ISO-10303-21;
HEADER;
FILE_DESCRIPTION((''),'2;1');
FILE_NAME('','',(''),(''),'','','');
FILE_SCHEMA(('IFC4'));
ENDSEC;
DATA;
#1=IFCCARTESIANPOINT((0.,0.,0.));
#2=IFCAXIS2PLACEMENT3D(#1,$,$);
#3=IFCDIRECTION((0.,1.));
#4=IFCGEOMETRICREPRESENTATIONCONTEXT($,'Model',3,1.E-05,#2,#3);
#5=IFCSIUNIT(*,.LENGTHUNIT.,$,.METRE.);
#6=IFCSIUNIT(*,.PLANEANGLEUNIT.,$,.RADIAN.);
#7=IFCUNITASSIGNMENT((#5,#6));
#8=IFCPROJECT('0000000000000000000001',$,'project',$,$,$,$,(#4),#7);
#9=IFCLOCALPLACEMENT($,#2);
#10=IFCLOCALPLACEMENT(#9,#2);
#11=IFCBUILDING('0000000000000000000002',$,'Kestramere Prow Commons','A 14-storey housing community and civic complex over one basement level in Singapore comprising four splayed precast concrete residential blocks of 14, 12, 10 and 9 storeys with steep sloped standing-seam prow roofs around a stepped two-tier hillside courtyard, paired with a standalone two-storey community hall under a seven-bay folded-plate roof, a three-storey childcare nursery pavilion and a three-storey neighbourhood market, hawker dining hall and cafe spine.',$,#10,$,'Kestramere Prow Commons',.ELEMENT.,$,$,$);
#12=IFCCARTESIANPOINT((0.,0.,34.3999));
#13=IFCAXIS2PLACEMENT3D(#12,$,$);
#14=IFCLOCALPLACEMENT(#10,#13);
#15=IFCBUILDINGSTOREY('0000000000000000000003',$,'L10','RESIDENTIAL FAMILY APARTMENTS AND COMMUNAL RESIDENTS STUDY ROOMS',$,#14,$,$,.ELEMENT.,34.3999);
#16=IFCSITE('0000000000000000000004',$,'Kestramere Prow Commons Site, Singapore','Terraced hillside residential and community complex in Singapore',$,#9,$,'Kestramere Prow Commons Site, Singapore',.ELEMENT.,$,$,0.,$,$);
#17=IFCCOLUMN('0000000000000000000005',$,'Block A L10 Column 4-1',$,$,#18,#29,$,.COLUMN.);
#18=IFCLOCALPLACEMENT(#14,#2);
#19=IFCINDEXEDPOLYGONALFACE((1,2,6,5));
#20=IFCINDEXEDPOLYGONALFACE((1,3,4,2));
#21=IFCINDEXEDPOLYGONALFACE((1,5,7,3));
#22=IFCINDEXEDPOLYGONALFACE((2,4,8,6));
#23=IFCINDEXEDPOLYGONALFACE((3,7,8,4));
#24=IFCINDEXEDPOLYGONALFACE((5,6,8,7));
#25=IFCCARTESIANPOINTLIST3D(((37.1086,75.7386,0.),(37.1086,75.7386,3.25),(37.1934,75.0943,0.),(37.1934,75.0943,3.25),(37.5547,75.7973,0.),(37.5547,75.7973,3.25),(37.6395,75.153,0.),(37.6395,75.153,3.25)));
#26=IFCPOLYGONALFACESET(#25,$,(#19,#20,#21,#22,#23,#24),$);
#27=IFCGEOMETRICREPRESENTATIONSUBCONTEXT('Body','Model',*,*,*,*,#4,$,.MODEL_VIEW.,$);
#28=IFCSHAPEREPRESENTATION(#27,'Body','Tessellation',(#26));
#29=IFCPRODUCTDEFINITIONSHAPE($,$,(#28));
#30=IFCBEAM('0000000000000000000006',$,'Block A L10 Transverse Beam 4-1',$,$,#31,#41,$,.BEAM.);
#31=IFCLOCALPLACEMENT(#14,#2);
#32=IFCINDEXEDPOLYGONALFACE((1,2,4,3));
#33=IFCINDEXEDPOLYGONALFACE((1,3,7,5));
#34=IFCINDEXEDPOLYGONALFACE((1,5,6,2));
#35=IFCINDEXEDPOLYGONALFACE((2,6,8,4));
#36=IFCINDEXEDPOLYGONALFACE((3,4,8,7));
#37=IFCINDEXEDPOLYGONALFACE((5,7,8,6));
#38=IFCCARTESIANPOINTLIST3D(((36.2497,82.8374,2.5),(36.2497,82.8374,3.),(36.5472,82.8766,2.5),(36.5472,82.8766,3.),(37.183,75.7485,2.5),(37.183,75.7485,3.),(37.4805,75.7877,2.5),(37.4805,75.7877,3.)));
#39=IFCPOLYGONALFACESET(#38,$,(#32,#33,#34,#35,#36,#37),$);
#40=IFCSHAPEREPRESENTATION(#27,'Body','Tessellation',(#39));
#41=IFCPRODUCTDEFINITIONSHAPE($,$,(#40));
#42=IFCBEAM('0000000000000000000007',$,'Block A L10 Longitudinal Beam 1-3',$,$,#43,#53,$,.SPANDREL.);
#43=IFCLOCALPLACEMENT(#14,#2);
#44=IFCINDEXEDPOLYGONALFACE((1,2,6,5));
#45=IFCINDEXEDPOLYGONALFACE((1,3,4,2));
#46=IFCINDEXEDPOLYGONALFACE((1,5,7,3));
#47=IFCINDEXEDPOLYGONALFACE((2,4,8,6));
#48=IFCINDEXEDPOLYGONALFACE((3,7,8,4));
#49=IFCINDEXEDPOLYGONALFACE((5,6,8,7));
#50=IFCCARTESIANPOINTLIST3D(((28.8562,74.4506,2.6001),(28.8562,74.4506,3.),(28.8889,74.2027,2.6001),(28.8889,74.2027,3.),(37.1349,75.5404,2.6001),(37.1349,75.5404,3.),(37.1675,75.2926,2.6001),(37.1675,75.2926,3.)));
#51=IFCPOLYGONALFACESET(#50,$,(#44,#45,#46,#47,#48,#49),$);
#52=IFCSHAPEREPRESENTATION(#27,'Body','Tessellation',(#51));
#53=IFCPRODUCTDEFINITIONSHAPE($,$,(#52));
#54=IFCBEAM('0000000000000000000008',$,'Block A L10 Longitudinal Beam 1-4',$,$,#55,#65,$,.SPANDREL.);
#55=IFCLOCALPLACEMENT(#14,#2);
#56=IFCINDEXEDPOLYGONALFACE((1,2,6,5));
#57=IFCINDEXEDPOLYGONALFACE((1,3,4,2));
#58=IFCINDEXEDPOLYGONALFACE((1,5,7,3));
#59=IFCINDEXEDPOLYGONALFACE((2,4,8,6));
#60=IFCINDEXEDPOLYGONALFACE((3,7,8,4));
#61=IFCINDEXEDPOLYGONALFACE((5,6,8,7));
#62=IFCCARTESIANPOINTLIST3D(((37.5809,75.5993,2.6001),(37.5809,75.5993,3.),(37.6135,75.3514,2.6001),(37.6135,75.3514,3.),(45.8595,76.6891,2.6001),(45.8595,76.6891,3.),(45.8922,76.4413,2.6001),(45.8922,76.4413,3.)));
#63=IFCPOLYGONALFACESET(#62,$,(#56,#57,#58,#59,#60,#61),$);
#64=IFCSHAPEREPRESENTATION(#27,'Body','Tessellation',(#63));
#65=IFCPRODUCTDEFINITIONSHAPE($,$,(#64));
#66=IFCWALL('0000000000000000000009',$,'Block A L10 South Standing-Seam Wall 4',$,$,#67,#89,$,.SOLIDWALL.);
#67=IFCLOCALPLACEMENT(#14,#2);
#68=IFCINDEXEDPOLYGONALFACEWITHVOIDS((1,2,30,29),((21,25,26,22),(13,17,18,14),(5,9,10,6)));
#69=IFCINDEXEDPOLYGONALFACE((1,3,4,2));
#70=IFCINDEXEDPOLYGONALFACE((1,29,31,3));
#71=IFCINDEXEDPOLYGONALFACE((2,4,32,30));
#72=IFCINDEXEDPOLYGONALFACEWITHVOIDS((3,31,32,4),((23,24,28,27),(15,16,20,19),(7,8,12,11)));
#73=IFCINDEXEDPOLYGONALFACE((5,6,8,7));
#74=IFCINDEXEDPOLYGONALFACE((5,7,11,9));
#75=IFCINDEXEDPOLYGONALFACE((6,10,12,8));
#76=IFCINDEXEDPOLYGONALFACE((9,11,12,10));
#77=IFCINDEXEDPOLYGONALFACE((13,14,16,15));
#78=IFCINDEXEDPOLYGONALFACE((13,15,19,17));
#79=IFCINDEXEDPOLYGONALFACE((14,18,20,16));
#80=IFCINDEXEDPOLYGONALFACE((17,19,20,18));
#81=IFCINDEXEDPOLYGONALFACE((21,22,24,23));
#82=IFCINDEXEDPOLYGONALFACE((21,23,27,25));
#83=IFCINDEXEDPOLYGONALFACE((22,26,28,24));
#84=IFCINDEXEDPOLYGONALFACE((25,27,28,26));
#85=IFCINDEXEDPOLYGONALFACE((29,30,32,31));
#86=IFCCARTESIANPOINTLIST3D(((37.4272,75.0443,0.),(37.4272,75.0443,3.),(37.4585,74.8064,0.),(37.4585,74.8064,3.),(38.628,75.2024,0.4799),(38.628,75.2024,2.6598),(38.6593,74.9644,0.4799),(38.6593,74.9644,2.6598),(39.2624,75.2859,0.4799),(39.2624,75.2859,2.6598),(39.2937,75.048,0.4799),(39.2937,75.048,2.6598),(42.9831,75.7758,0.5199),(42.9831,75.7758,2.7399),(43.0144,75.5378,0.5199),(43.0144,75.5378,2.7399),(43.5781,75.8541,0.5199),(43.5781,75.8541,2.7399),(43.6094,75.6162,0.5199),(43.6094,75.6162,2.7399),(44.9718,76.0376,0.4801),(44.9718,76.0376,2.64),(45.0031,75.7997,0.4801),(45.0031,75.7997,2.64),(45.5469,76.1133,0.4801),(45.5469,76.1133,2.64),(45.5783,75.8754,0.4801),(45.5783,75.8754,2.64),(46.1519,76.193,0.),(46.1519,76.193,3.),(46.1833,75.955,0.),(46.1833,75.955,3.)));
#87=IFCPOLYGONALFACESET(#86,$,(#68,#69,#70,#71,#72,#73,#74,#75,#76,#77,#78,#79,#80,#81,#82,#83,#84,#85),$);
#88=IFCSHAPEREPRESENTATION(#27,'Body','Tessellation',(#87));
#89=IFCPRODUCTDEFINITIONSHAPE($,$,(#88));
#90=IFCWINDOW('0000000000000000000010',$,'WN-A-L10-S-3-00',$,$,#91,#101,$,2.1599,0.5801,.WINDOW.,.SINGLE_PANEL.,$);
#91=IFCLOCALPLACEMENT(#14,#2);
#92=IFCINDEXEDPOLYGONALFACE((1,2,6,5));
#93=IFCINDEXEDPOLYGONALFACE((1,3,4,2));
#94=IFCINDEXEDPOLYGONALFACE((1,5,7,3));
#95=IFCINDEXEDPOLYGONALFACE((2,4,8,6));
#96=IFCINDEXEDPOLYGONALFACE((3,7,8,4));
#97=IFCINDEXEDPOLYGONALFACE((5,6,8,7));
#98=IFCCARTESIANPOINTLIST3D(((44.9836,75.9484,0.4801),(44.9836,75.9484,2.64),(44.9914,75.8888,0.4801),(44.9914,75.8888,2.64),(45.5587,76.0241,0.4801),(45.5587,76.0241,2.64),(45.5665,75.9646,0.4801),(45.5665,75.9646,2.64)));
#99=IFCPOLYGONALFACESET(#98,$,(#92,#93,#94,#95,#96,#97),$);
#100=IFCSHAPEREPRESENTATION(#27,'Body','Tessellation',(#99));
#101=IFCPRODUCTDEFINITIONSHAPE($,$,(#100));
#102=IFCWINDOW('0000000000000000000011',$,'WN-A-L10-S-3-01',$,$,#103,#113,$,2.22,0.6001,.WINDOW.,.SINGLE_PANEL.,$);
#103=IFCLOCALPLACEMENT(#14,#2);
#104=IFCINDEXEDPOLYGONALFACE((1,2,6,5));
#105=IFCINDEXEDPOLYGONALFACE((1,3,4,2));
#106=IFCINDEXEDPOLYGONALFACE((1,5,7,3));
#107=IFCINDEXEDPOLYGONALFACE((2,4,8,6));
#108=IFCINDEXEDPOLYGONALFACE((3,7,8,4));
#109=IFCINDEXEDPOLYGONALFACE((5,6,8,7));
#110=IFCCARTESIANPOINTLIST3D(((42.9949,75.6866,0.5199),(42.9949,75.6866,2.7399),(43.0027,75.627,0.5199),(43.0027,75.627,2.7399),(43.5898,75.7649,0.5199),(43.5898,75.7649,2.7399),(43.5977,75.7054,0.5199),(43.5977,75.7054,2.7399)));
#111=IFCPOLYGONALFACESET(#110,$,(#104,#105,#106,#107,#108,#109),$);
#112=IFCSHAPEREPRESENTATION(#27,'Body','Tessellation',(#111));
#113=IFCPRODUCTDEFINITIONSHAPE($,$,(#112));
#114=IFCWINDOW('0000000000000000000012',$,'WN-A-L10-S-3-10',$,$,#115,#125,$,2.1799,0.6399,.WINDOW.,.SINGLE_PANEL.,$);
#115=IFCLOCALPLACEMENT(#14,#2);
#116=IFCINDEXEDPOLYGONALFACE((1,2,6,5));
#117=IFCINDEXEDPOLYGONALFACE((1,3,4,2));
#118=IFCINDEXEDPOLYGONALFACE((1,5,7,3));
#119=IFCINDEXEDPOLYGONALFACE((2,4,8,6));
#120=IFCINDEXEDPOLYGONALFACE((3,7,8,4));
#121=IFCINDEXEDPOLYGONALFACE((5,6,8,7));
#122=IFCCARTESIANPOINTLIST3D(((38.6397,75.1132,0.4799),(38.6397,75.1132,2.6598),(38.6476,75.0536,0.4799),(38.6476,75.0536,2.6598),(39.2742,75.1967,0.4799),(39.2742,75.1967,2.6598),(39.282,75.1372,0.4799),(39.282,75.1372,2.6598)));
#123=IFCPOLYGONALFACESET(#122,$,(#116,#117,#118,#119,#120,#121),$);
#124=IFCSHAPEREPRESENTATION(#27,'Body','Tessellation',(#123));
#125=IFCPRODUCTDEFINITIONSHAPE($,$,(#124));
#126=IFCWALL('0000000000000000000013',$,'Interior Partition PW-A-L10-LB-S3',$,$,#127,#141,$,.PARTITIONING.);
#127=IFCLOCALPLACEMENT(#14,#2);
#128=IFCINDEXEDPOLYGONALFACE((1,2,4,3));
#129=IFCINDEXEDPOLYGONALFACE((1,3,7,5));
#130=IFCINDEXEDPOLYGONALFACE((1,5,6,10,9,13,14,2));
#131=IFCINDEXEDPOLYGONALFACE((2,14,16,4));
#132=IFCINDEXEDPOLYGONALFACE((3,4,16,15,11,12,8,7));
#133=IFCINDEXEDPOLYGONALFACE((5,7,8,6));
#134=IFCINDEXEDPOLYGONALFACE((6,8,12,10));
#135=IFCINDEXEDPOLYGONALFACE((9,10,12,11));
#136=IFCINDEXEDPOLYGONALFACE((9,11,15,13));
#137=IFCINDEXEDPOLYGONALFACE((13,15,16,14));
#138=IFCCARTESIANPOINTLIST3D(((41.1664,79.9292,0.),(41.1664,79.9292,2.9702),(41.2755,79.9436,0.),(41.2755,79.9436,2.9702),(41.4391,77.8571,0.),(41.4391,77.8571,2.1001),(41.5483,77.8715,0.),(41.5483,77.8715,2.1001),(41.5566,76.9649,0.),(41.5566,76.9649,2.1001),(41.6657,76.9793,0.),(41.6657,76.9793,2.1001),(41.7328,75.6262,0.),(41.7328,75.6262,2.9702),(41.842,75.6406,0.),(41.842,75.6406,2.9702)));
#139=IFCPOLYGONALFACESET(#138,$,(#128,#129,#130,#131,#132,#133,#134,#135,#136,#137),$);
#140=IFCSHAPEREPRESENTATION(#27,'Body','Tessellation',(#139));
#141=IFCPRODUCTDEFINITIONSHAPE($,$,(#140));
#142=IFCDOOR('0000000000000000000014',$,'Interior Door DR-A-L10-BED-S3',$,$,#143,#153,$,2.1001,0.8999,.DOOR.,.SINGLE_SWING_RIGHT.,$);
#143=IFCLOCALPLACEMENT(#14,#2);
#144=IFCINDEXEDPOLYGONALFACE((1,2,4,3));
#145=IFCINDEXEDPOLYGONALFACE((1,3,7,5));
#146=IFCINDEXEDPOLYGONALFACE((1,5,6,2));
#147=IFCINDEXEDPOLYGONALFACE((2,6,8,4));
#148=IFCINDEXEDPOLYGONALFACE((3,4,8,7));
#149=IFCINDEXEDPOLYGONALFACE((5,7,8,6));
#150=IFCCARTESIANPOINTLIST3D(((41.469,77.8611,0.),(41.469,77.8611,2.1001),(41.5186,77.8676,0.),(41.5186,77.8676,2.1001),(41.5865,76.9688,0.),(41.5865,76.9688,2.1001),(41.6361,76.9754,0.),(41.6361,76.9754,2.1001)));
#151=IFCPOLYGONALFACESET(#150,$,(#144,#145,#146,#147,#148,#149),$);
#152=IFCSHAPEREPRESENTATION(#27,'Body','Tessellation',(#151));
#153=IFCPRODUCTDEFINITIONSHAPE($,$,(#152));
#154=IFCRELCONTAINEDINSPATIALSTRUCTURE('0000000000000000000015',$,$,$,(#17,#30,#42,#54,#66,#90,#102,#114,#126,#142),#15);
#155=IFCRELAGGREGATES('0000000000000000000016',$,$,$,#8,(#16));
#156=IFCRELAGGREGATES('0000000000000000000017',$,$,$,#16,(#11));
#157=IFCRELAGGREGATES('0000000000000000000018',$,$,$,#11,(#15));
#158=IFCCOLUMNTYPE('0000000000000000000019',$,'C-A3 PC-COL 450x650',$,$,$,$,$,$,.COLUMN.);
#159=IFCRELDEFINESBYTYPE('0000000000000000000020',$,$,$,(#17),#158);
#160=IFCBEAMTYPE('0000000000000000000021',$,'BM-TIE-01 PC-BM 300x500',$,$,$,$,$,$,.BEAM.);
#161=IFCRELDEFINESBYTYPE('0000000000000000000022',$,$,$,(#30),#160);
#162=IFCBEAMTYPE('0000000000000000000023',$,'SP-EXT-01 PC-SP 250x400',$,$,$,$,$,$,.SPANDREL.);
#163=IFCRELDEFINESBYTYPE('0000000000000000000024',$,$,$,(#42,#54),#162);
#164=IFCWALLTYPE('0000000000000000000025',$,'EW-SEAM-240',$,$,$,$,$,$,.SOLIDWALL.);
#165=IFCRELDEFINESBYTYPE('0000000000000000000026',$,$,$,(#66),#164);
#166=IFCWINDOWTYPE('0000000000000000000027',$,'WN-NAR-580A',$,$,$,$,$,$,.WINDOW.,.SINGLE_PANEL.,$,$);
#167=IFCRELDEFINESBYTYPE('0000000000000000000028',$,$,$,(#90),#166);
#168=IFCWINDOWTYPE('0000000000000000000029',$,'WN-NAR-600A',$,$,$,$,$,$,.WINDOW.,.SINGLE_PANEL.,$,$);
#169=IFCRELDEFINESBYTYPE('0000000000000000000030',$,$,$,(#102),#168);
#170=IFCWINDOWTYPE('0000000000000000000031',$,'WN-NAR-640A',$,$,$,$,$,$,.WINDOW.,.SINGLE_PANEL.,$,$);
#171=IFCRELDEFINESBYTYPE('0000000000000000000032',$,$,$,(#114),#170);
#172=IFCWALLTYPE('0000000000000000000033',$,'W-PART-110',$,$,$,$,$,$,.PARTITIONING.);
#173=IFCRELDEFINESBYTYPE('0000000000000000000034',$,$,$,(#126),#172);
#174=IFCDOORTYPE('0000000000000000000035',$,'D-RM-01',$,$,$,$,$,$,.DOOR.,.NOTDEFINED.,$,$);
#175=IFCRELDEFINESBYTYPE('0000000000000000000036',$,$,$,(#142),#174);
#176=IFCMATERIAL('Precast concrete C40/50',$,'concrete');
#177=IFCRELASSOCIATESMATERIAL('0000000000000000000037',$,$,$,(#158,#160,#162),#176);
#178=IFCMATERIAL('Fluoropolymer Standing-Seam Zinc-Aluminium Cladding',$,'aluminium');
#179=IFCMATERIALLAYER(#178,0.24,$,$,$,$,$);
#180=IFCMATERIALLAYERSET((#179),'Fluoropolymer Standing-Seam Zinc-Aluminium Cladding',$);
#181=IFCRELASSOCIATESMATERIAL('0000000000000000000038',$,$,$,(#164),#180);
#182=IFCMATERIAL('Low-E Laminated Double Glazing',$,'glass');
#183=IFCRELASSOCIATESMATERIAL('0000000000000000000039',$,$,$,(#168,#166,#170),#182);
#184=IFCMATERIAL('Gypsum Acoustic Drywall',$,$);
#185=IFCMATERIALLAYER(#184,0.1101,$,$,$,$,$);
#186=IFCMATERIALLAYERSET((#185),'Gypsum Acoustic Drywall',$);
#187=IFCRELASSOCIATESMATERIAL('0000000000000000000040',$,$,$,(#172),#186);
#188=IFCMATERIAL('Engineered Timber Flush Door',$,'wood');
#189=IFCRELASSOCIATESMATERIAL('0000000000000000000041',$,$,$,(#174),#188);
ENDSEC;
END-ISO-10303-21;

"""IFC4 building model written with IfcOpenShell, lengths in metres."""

from ifc_helpers import new_model, si_unit, direction, frame, frame_2d, origin, origin_2d, place, context, subcontext, project, spatial, rectangle, extrude, material, layer, layer_set, material_profile, profile_set, type_object, element, fill, save


model = new_model("IFC4")

# Units and contexts
model_context = context("Model", 3, precision=1e-05, world=origin(), true_north=direction((0.0, 1.0)))
body_context = subcontext(model_context, "Body", "Model", "MODEL_VIEW")
ifc_project = project(units=[si_unit("LENGTHUNIT", "METRE"), si_unit("PLANEANGLEUNIT", "RADIAN")], contexts=[model_context])

# Site, building, storey
site_placement = place(None, origin())
site = spatial("IfcSite", under=ifc_project, at=site_placement, Name="Kestramere Prow Commons Site, Singapore", Description="Terraced hillside residential and community complex in Singapore", LongName="Kestramere Prow Commons Site, Singapore", CompositionType="ELEMENT", RefElevation=0.0)
building_placement = place(site_placement, origin())
building = spatial("IfcBuilding", under=site, at=building_placement, Name="Kestramere Prow Commons", Description="A 14-storey housing community and civic complex over one basement level in Singapore comprising four splayed precast concrete residential blocks of 14, 12, 10 and 9 storeys with steep sloped standing-seam prow roofs around a stepped two-tier hillside courtyard, paired with a standalone two-storey community hall under a seven-bay folded-plate roof, a three-storey childcare nursery pavilion and a three-storey neighbourhood market, hawker dining hall and cafe spine.", LongName="Kestramere Prow Commons", CompositionType="ELEMENT")
storey_placement = place(building_placement, frame((0.0, 0.0, 34.3999)))
storey = spatial("IfcBuildingStorey", under=building, at=storey_placement, Name="L10", Description="RESIDENTIAL FAMILY APARTMENTS AND COMMUNAL RESIDENTS STUDY ROOMS", CompositionType="ELEMENT", Elevation=34.3999)

# Column
ifc_material_1 = material(Name="Precast concrete C40/50", Category="concrete")
ifc_material_profile_1 = material_profile(ifc_material_1, rectangle(XDim=0.45, YDim=0.6499, at=origin_2d()), Name="PC-COL 450x650")
ifc_profile_set_1 = profile_set([ifc_material_profile_1], Name="Precast concrete C40/50")
column_type = type_object("IfcColumnType", Name="C-A3 PC-COL 450x650", PredefinedType="COLUMN", material=ifc_profile_set_1)
column_placement = place(storey_placement, frame((37.374, 75.4458, 0.0), z_axis=(0.0, 0.0, 1.0), x_axis=(0.991445, 0.130526, 0.0)))
element("IfcColumn", 1, at=column_placement, inside=storey, type_object=column_type, Name="Block A L10 Column 4-1", PredefinedType="COLUMN", context=body_context, shape_type="SweptSolid", body=[
    extrude(rectangle(XDim=0.45, YDim=0.6499, at=origin_2d()), origin(), (0.0, 0.0, 1.0), 3.25),
])

# Beams
ifc_material_profile_2 = material_profile(ifc_material_1, rectangle(XDim=0.3, YDim=0.5, at=origin_2d()), Name="PC-BM 300x500")
ifc_profile_set_2 = profile_set([ifc_material_profile_2], Name="Precast concrete C40/50")
beam_type_1 = type_object("IfcBeamType", Name="BM-TIE-01 PC-BM 300x500", PredefinedType="BEAM", material=ifc_profile_set_2)
beam_placement = place(storey_placement, frame((37.3318, 75.7681, 2.75), z_axis=(-0.130538, 0.991443, 0.0), x_axis=(-0.991443, -0.130538, 0.0)))
element("IfcBeam", 2, at=beam_placement, inside=storey, type_object=beam_type_1, Name="Block A L10 Transverse Beam 4-1", PredefinedType="BEAM", context=body_context, shape_type="SweptSolid", body=[
    extrude(rectangle(XDim=0.3, YDim=0.5, at=origin_2d()), origin(), (0.0, 0.0, 1.0), 7.1501),
])
ifc_material_profile_3 = material_profile(ifc_material_1, rectangle(XDim=0.25, YDim=0.3999, at=origin_2d()), Name="PC-SP 250x400")
ifc_profile_set_3 = profile_set([ifc_material_profile_3], Name="Precast concrete C40/50")
beam_type_2 = type_object("IfcBeamType", Name="SP-EXT-01 PC-SP 250x400", PredefinedType="SPANDREL", material=ifc_profile_set_3)
for number, where, z_axis, x_axis, name in (
    (3, (28.8726, 74.3267, 2.8), (0.991446, 0.13052, 0.0), (-0.13052, 0.991446, 0.0), "Block A L10 Longitudinal Beam 1-3"),
    (4, (37.5972, 75.4753, 2.8), (0.991446, 0.13052, 0.0), (-0.13052, 0.991446, 0.0), "Block A L10 Longitudinal Beam 1-4"),
):
    element("IfcBeam", number, at=place(storey_placement, frame(where, z_axis=z_axis, x_axis=x_axis)), inside=storey, type_object=beam_type_2, Name=name, PredefinedType="SPANDREL", context=body_context, shape_type="SweptSolid", body=[
        extrude(rectangle(XDim=0.25, YDim=0.3999, at=origin_2d()), origin(), (0.0, 0.0, 1.0), 8.3501),
    ])

# Shared definitions
ifc_material_2 = material(Name="Fluoropolymer Standing-Seam Zinc-Aluminium Cladding", Category="aluminium")
ifc_layer_1 = layer(ifc_material_2, 0.24)
ifc_layer_set_1 = layer_set([ifc_layer_1], Name="Fluoropolymer Standing-Seam Zinc-Aluminium Cladding")
wall_type_1 = type_object("IfcWallType", Name="EW-SEAM-240", PredefinedType="SOLIDWALL", material=ifc_layer_set_1)
ifc_material_3 = material(Name="Low-E Laminated Double Glazing", Category="glass")
window_type_1 = type_object("IfcWindowType", Name="WN-NAR-600A", PartitioningType="SINGLE_PANEL", PredefinedType="WINDOW", material=ifc_material_3)

# Wall, openings, windows
wall_1_placement = place(storey_placement, frame((46.1675, 76.074, 0.0), z_axis=(0.0, 0.0, 1.0), x_axis=(-0.991444, -0.13053, 0.0)))
wall_1 = element("IfcWall", 5, at=wall_1_placement, inside=storey, type_object=wall_type_1, Name="Block A L10 South Standing-Seam Wall 4", PredefinedType="SOLIDWALL", context=body_context, shape_type="SweptSolid", body=[
    extrude(rectangle(XDim=8.8, YDim=0.24, at=frame_2d((4.3999, 0.0))), origin(), (0.0, 0.0, 1.0), 3.0),
])
opening_1_placement = place(wall_1_placement, frame((0.6101, 0.0, 0.48)))
opening_1 = element("IfcOpeningElement", 6, at=opening_1_placement, cuts=wall_1, PredefinedType="OPENING", context=body_context, shape_type="SweptSolid", body=[
    extrude(rectangle(XDim=0.5801, YDim=2.1599, at=frame_2d((0.29, 1.0801))), frame((0.0, 0.135, 0.0), z_axis=(0.0, -1.0, 0.0), x_axis=(1.0, 0.0, 0.0)), (0.0, 0.0, 1.0), 0.27),
])
opening_2_placement = place(wall_1_placement, frame((2.5959, 0.0, 0.52)))
opening_2 = element("IfcOpeningElement", 7, at=opening_2_placement, cuts=wall_1, PredefinedType="OPENING", context=body_context, shape_type="SweptSolid", body=[
    extrude(rectangle(XDim=0.6001, YDim=2.22, at=frame_2d((0.3, 1.1099))), frame((0.0, 0.135, 0.0), z_axis=(0.0, -1.0, 0.0), x_axis=(1.0, 0.0, 0.0)), (0.0, 0.0, 1.0), 0.27),
])
opening_3_placement = place(wall_1_placement, frame((6.949, 0.0, 0.48)))
opening_3 = element("IfcOpeningElement", 8, at=opening_3_placement, cuts=wall_1, PredefinedType="OPENING", context=body_context, shape_type="SweptSolid", body=[
    extrude(rectangle(XDim=0.6399, YDim=2.1799, at=frame_2d((0.3198, 1.0898))), frame((0.0, 0.135, 0.0), z_axis=(0.0, -1.0, 0.0), x_axis=(1.0, 0.0, 0.0)), (0.0, 0.0, 1.0), 0.27),
])
window_type_2 = type_object("IfcWindowType", Name="WN-NAR-580A", PartitioningType="SINGLE_PANEL", PredefinedType="WINDOW", material=ifc_material_3)
window_1_placement = place(opening_1_placement, origin())
window_1 = element("IfcWindow", 9, at=window_1_placement, inside=storey, type_object=window_type_2, Name="WN-A-L10-S-3-00", OverallHeight=2.1599, OverallWidth=0.5801, PartitioningType="SINGLE_PANEL", PredefinedType="WINDOW", context=body_context, shape_type="SweptSolid", body=[
    extrude(rectangle(XDim=0.5801, YDim=2.1599, at=frame_2d((0.29, 1.0801))), frame((0.0, 0.03, 0.0), z_axis=(0.0, -1.0, 0.0), x_axis=(1.0, 0.0, 0.0)), (0.0, 0.0, 1.0), 0.0601),
])
fill(opening_1, window_1)
window_2_placement = place(opening_2_placement, origin())
window_2 = element("IfcWindow", 10, at=window_2_placement, inside=storey, type_object=window_type_1, Name="WN-A-L10-S-3-01", OverallHeight=2.22, OverallWidth=0.6001, PartitioningType="SINGLE_PANEL", PredefinedType="WINDOW", context=body_context, shape_type="SweptSolid", body=[
    extrude(rectangle(XDim=0.6001, YDim=2.22, at=frame_2d((0.3, 1.1099))), frame((0.0, 0.03, 0.0), z_axis=(0.0, -1.0, 0.0), x_axis=(1.0, 0.0, 0.0)), (0.0, 0.0, 1.0), 0.0601),
])
fill(opening_2, window_2)
window_type_3 = type_object("IfcWindowType", Name="WN-NAR-640A", PartitioningType="SINGLE_PANEL", PredefinedType="WINDOW", material=ifc_material_3)
window_3_placement = place(opening_3_placement, origin())
window_3 = element("IfcWindow", 11, at=window_3_placement, inside=storey, type_object=window_type_3, Name="WN-A-L10-S-3-10", OverallHeight=2.1799, OverallWidth=0.6399, PartitioningType="SINGLE_PANEL", PredefinedType="WINDOW", context=body_context, shape_type="SweptSolid", body=[
    extrude(rectangle(XDim=0.6399, YDim=2.1799, at=frame_2d((0.3198, 1.0898))), frame((0.0, 0.03, 0.0), z_axis=(0.0, -1.0, 0.0), x_axis=(1.0, 0.0, 0.0)), (0.0, 0.0, 1.0), 0.0601),
])
fill(opening_3, window_3)

# Wall, opening, door
ifc_material_4 = material(Name="Gypsum Acoustic Drywall")
ifc_layer_2 = layer(ifc_material_4, 0.1101)
ifc_layer_set_2 = layer_set([ifc_layer_2], Name="Gypsum Acoustic Drywall")
wall_type_2 = type_object("IfcWallType", Name="W-PART-110", PredefinedType="PARTITIONING", material=ifc_layer_set_2)
wall_2_placement = place(storey_placement, frame((41.7874, 75.6335, 0.0), z_axis=(0.0, 0.0, 1.0), x_axis=(-0.130505, 0.991448, 0.0)))
wall_2 = element("IfcWall", 12, at=wall_2_placement, inside=storey, type_object=wall_type_2, Name="Interior Partition PW-A-L10-LB-S3", PredefinedType="PARTITIONING", context=body_context, shape_type="SweptSolid", body=[
    extrude(rectangle(XDim=4.3401, YDim=0.1101, at=frame_2d((2.1699, 0.0))), origin(), (0.0, 0.0, 1.0), 2.9702),
])
opening_4_placement = place(wall_2_placement, frame((1.3501, 0.0, 0.0)))
opening_4 = element("IfcOpeningElement", 13, at=opening_4_placement, cuts=wall_2, PredefinedType="OPENING", context=body_context, shape_type="SweptSolid", body=[
    extrude(rectangle(XDim=0.8999, YDim=2.1001, at=frame_2d((0.45, 1.05))), frame((0.0, 0.0701, 0.0), z_axis=(0.0, -1.0, 0.0), x_axis=(1.0, 0.0, 0.0)), (0.0, 0.0, 1.0), 0.1401),
])
ifc_material_5 = material(Name="Engineered Timber Flush Door", Category="wood")
door_type_1 = type_object("IfcDoorType", Name="D-RM-01", OperationType="NOTDEFINED", PredefinedType="DOOR", material=ifc_material_5)
door_1_placement = place(opening_4_placement, origin())
door_1 = element("IfcDoor", 14, at=door_1_placement, inside=storey, type_object=door_type_1, Name="Interior Door DR-A-L10-BED-S3", OperationType="SINGLE_SWING_RIGHT", OverallHeight=2.1001, OverallWidth=0.8999, PredefinedType="DOOR", context=body_context, shape_type="SweptSolid", body=[
    extrude(rectangle(XDim=0.8999, YDim=2.1001, at=frame_2d((0.45, 1.05))), frame((0.0, 0.0249, 0.0), z_axis=(0.0, -1.0, 0.0), x_axis=(1.0, 0.0, 0.0)), (0.0, 0.0, 1.0), 0.05),
])
fill(opening_4, door_1)

save(model, "model.ifc")
